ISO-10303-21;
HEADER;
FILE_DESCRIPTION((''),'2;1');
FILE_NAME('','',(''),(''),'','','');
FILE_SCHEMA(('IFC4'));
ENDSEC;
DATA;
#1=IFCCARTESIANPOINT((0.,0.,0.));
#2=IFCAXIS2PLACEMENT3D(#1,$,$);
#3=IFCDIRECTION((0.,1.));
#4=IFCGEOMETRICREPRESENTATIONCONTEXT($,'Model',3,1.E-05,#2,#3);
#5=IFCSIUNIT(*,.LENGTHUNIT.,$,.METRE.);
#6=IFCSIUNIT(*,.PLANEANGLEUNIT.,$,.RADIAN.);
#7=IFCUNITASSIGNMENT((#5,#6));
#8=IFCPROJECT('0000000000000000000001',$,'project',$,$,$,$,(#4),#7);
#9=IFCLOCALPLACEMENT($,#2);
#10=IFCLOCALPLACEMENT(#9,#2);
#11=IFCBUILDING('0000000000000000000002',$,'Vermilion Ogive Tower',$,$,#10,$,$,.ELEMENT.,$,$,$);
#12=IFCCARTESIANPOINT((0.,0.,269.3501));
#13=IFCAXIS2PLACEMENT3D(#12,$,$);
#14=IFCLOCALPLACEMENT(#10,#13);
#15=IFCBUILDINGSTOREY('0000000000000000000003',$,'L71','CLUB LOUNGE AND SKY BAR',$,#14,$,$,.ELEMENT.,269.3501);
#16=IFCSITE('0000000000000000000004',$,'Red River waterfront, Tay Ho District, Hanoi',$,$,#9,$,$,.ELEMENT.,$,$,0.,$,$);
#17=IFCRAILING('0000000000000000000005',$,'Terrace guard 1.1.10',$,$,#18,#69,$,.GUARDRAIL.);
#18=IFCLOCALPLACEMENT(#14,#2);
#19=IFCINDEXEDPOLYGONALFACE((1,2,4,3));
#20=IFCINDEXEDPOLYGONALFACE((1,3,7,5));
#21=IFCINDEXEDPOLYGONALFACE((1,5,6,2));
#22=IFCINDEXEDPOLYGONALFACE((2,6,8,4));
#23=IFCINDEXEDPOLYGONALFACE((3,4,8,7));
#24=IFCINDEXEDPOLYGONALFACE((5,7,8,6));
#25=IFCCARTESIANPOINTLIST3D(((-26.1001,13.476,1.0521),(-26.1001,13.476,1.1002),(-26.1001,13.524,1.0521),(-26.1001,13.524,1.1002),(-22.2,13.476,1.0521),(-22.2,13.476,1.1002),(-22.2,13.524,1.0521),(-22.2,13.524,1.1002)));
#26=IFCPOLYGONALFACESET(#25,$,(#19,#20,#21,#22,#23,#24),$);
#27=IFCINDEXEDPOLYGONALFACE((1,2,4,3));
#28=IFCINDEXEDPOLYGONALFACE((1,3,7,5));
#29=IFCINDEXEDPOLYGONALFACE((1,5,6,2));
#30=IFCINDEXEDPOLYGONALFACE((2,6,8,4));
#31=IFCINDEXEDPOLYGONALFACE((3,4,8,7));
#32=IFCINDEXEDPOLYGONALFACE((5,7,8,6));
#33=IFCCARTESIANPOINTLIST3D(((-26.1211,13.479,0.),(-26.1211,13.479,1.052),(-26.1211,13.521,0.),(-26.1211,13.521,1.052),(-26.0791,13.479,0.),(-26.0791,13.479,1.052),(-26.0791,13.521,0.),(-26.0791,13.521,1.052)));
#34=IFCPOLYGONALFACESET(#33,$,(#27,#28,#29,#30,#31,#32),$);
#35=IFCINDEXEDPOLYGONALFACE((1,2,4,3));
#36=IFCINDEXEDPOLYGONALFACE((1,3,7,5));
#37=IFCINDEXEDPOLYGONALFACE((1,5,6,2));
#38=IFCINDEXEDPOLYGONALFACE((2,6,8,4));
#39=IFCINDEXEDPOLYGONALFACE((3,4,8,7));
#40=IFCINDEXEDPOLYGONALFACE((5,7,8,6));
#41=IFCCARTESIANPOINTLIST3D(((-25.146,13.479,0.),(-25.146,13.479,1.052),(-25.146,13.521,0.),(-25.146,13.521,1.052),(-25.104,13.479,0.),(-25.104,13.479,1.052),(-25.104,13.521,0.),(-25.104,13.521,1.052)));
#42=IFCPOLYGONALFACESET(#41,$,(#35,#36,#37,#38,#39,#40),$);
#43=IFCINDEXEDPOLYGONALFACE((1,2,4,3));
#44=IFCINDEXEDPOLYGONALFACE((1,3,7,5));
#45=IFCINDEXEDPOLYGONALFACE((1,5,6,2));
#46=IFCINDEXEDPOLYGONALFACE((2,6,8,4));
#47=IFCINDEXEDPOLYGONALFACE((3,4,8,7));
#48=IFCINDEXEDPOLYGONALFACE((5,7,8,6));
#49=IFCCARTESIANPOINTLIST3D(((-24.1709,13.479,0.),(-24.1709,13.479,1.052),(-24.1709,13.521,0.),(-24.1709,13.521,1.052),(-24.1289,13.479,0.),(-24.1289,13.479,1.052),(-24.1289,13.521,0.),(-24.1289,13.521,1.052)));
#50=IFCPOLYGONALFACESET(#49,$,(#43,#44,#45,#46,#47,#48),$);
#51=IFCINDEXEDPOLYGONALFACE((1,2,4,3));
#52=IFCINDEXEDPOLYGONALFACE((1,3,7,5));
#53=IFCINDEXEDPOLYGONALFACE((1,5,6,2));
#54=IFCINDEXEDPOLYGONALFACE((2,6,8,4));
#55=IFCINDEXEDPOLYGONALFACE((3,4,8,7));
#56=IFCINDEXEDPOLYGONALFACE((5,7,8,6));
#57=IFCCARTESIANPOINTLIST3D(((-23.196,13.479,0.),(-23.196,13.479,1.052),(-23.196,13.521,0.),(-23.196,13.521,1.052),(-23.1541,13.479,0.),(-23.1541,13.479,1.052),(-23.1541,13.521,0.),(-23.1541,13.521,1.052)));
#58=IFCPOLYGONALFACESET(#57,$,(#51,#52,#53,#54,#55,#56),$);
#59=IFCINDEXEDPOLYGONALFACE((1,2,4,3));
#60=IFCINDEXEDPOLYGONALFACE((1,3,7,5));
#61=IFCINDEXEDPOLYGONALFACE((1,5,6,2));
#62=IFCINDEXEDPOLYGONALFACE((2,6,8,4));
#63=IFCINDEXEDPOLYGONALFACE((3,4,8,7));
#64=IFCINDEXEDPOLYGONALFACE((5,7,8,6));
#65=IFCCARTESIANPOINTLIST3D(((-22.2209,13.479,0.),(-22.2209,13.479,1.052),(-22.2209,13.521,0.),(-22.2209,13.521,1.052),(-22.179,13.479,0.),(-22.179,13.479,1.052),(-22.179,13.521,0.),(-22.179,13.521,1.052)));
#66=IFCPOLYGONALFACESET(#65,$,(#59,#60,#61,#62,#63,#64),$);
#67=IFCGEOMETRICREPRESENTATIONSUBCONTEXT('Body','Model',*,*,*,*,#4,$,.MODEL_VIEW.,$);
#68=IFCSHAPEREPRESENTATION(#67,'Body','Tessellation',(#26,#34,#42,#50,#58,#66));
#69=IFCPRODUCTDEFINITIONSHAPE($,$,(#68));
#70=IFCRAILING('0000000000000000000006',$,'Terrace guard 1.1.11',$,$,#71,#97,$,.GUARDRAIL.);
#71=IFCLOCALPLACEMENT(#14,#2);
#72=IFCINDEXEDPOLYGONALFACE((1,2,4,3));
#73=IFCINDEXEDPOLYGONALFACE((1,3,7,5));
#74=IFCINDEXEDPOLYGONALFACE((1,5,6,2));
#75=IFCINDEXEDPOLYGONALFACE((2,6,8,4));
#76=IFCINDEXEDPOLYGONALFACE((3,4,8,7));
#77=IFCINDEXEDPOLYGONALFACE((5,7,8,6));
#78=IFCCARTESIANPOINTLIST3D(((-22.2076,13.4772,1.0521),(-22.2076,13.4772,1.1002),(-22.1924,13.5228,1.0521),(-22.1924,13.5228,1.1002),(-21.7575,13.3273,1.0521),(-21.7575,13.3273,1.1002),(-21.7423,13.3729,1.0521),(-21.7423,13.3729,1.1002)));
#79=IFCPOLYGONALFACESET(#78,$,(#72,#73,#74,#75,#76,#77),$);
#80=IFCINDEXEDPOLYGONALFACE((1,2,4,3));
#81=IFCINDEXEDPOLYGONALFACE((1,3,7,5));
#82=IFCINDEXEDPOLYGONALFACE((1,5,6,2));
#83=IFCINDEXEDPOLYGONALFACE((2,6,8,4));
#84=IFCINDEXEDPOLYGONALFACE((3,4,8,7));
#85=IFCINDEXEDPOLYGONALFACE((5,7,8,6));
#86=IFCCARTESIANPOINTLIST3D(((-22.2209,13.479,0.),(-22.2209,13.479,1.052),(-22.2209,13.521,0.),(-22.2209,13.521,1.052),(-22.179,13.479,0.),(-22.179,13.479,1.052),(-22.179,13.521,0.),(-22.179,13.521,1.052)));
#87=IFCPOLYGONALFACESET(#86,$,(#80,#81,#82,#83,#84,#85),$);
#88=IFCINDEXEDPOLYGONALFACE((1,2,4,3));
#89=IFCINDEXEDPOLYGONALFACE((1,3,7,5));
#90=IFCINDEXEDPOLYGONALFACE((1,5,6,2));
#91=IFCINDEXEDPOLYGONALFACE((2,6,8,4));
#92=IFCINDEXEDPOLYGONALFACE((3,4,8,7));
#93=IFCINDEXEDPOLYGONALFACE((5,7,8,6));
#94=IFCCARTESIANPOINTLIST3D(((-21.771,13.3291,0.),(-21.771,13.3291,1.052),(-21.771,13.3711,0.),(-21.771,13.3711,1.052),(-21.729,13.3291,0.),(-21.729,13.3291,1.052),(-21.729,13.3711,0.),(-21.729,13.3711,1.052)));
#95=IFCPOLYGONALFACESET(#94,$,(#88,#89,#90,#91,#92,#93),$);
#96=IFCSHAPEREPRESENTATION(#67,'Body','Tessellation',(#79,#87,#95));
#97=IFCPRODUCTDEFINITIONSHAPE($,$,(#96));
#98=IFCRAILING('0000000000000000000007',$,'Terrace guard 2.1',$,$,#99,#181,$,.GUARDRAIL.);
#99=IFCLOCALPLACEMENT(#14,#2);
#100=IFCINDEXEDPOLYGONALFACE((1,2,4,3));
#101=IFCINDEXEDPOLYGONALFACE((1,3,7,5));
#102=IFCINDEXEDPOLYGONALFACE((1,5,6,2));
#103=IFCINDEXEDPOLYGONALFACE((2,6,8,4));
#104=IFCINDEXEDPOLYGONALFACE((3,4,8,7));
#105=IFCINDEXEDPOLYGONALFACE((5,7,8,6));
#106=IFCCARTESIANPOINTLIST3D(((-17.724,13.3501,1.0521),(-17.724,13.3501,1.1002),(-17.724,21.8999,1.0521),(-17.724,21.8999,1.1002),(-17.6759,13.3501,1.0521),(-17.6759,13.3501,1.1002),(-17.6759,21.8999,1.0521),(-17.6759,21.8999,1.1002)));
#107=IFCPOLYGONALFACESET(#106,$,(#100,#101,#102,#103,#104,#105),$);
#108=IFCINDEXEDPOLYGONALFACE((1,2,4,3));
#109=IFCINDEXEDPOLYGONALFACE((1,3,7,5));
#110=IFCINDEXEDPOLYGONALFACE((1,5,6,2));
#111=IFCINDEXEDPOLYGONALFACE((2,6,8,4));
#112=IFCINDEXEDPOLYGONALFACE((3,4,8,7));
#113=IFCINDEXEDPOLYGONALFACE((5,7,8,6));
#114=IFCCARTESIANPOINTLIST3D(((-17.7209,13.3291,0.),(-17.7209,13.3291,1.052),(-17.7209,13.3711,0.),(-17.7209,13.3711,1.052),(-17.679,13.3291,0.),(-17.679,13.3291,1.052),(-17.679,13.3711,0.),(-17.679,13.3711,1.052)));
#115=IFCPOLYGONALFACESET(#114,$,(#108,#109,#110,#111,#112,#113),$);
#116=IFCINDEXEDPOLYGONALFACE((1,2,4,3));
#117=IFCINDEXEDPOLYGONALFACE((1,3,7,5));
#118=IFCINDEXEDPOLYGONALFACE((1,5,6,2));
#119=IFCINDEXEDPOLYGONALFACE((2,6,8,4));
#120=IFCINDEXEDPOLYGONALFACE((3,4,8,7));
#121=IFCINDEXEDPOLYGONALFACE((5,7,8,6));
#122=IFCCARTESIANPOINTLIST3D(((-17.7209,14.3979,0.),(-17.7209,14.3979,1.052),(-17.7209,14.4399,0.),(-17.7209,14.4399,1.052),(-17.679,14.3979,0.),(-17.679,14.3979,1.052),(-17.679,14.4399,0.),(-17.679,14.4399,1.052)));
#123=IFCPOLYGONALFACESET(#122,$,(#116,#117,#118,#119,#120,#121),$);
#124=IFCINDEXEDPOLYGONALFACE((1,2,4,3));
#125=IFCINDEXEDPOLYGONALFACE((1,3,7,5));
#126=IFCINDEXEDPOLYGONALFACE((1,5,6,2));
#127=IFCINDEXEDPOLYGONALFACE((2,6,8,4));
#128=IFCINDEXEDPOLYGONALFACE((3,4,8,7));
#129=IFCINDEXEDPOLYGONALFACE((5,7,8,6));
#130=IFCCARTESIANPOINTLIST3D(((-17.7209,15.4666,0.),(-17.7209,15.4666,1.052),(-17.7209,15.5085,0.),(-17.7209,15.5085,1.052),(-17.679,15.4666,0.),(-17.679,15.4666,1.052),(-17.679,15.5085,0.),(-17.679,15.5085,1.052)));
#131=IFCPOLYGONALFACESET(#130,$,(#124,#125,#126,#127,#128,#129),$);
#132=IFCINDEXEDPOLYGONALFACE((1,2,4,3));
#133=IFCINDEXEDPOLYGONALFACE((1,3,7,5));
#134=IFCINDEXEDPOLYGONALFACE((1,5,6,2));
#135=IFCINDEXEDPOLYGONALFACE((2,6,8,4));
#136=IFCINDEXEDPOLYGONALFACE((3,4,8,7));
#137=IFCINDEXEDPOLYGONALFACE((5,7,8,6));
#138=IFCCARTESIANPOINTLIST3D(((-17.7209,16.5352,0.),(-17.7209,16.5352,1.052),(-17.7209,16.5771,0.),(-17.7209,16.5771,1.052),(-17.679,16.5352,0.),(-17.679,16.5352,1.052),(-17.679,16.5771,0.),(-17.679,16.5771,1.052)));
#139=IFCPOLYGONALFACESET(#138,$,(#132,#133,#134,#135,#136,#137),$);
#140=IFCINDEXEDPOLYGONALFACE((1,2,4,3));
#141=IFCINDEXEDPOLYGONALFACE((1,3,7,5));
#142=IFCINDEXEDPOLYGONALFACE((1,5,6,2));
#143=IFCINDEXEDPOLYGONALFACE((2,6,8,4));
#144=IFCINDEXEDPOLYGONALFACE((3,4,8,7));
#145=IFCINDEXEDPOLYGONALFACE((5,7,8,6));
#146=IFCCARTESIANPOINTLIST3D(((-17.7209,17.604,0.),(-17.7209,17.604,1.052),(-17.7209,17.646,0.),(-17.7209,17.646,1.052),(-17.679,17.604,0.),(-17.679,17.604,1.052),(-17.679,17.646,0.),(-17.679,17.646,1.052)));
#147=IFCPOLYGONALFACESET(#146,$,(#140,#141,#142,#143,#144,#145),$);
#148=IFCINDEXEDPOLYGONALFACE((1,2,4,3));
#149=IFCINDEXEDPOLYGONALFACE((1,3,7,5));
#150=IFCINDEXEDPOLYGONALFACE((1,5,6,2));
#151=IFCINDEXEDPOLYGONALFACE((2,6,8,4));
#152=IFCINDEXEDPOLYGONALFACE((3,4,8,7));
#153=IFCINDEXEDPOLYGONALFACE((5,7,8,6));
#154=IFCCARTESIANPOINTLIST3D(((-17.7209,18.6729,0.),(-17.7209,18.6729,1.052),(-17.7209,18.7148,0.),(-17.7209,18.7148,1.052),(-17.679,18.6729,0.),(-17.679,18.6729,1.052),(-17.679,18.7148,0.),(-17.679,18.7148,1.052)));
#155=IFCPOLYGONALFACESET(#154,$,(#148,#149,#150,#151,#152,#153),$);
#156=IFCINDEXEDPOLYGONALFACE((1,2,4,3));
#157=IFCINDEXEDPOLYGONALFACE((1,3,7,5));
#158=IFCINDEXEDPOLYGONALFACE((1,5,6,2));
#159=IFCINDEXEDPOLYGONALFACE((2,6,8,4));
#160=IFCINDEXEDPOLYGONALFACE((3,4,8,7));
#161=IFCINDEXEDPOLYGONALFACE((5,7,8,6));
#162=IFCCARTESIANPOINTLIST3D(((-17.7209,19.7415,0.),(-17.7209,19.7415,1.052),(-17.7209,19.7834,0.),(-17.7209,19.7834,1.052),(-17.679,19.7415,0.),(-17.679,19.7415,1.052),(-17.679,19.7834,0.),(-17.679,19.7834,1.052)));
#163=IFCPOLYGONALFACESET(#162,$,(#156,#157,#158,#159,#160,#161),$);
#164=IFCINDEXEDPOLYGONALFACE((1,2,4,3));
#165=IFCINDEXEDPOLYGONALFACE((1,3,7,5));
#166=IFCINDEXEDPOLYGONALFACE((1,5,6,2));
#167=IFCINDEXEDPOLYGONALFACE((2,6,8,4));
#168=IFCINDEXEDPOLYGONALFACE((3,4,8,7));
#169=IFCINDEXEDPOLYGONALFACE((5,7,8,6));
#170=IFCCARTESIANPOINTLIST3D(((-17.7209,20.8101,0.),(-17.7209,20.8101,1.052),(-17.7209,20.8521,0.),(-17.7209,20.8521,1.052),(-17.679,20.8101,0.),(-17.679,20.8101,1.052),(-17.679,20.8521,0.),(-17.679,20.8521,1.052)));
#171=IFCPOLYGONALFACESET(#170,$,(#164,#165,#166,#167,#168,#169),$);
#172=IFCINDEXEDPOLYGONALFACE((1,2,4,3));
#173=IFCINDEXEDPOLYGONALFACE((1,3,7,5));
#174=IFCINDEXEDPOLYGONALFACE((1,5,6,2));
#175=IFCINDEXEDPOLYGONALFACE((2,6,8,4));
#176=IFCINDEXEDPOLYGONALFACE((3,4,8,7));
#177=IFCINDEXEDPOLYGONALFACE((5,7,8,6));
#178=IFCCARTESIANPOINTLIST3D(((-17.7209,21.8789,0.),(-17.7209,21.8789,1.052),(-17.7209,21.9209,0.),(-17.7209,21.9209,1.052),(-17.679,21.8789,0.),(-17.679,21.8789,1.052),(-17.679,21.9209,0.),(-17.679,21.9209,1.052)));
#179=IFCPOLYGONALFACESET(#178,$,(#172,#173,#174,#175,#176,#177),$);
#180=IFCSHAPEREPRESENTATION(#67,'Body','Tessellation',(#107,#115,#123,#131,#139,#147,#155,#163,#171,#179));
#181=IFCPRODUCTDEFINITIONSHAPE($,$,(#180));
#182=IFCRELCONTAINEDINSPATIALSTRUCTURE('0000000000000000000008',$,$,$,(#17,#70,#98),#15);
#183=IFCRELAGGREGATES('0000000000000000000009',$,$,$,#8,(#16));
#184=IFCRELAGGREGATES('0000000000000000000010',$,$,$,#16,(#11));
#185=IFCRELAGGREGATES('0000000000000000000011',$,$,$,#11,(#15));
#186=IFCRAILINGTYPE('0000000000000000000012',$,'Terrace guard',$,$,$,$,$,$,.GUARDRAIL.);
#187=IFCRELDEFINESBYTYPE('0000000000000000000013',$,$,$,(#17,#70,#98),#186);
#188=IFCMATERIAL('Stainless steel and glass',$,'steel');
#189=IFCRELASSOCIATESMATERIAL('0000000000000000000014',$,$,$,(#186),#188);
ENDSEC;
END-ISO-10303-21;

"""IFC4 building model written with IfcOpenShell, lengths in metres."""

from ifc_helpers import new_model, si_unit, direction, frame, origin, origin_2d, place, context, subcontext, project, spatial, rectangle, extrude, material, type_object, element, save


model = new_model("IFC4")

# Units and contexts
model_context = context("Model", 3, precision=1e-05, world=origin(), true_north=direction((0.0, 1.0)))
body_context = subcontext(model_context, "Body", "Model", "MODEL_VIEW")
ifc_project = project(units=[si_unit("LENGTHUNIT", "METRE"), si_unit("PLANEANGLEUNIT", "RADIAN")], contexts=[model_context])

# Site, building, storey
site_placement = place(None, origin())
site = spatial("IfcSite", under=ifc_project, at=site_placement, Name="Red River waterfront, Tay Ho District, Hanoi", CompositionType="ELEMENT", RefElevation=0.0)
building_placement = place(site_placement, origin())
building = spatial("IfcBuilding", under=site, at=building_placement, Name="Vermilion Ogive Tower", CompositionType="ELEMENT")
storey_placement = place(building_placement, frame((0.0, 0.0, 269.3501)))
storey = spatial("IfcBuildingStorey", under=building, at=storey_placement, Name="L71", Description="CLUB LOUNGE AND SKY BAR", CompositionType="ELEMENT", Elevation=269.3501)

# Railings
ifc_material_1 = material(Name="Stainless steel and glass", Category="steel")
railing_type = type_object("IfcRailingType", Name="Terrace guard", PredefinedType="GUARDRAIL", material=ifc_material_1)
railing_1_placement = place(storey_placement, frame((-26.1001, 13.5, 0.0)))
element("IfcRailing", 1, at=railing_1_placement, inside=storey, type_object=railing_type, Name="Terrace guard 1.1.10", PredefinedType="GUARDRAIL", context=body_context, shape_type="SweptSolid", body=[
    extrude(rectangle(XDim=0.0481, YDim=0.0481, at=origin_2d()), frame((0.0, 0.0, 1.0762), z_axis=(1.0, 0.0, 0.0), x_axis=(0.0, 1.0, 0.0)), (0.0, 0.0, 1.0), 3.9001),
    extrude(rectangle(XDim=0.042, YDim=0.042, at=origin_2d()), origin(), (0.0, 0.0, 1.0), 1.052),
    extrude(rectangle(XDim=0.042, YDim=0.042, at=origin_2d()), frame((0.9751, 0.0, 0.0)), (0.0, 0.0, 1.0), 1.052),
    extrude(rectangle(XDim=0.042, YDim=0.042, at=origin_2d()), frame((1.9502, 0.0, 0.0)), (0.0, 0.0, 1.0), 1.052),
    extrude(rectangle(XDim=0.042, YDim=0.042, at=origin_2d()), frame((2.925, 0.0, 0.0)), (0.0, 0.0, 1.0), 1.052),
    extrude(rectangle(XDim=0.042, YDim=0.042, at=origin_2d()), frame((3.9001, 0.0, 0.0)), (0.0, 0.0, 1.0), 1.052),
])
railing_2_placement = place(storey_placement, frame((-22.2, 13.5, 0.0)))
element("IfcRailing", 2, at=railing_2_placement, inside=storey, type_object=railing_type, Name="Terrace guard 1.1.11", PredefinedType="GUARDRAIL", context=body_context, shape_type="SweptSolid", body=[
    extrude(rectangle(XDim=0.0481, YDim=0.0481, at=origin_2d()), frame((0.0, 0.0, 1.0762), z_axis=(0.948735, -0.316073, 0.0), x_axis=(0.316073, 0.948735, 0.0)), (0.0, 0.0, 1.0), 0.4744),
    extrude(rectangle(XDim=0.042, YDim=0.042, at=origin_2d()), origin(), (0.0, 0.0, 1.0), 1.052),
    extrude(rectangle(XDim=0.042, YDim=0.042, at=origin_2d()), frame((0.45, -0.1499, 0.0)), (0.0, 0.0, 1.0), 1.052),
])
railing_3_placement = place(storey_placement, frame((-17.7, 13.3501, 0.0)))
element("IfcRailing", 3, at=railing_3_placement, inside=storey, type_object=railing_type, Name="Terrace guard 2.1", PredefinedType="GUARDRAIL", context=body_context, shape_type="SweptSolid", body=[
    extrude(rectangle(XDim=0.0481, YDim=0.0481, at=origin_2d()), frame((0.0, 0.0, 1.0762), z_axis=(0.0, 1.0, 0.0), x_axis=(-1.0, 0.0, 0.0)), (0.0, 0.0, 1.0), 8.5498),
    extrude(rectangle(XDim=0.042, YDim=0.042, at=origin_2d()), origin(), (0.0, 0.0, 1.0), 1.052),
    extrude(rectangle(XDim=0.042, YDim=0.042, at=origin_2d()), frame((0.0, 1.0688, 0.0)), (0.0, 0.0, 1.0), 1.052),
    extrude(rectangle(XDim=0.042, YDim=0.042, at=origin_2d()), frame((0.0, 2.1375, 0.0)), (0.0, 0.0, 1.0), 1.052),
    extrude(rectangle(XDim=0.042, YDim=0.042, at=origin_2d()), frame((0.0, 3.2061, 0.0)), (0.0, 0.0, 1.0), 1.052),
    extrude(rectangle(XDim=0.042, YDim=0.042, at=origin_2d()), frame((0.0, 4.2749, 0.0)), (0.0, 0.0, 1.0), 1.052),
    extrude(rectangle(XDim=0.042, YDim=0.042, at=origin_2d()), frame((0.0, 5.3438, 0.0)), (0.0, 0.0, 1.0), 1.052),
    extrude(rectangle(XDim=0.042, YDim=0.042, at=origin_2d()), frame((0.0, 6.4124, 0.0)), (0.0, 0.0, 1.0), 1.052),
    extrude(rectangle(XDim=0.042, YDim=0.042, at=origin_2d()), frame((0.0, 7.481, 0.0)), (0.0, 0.0, 1.0), 1.052),
    extrude(rectangle(XDim=0.042, YDim=0.042, at=origin_2d()), frame((0.0, 8.5498, 0.0)), (0.0, 0.0, 1.0), 1.052),
])

save(model, "model.ifc")
